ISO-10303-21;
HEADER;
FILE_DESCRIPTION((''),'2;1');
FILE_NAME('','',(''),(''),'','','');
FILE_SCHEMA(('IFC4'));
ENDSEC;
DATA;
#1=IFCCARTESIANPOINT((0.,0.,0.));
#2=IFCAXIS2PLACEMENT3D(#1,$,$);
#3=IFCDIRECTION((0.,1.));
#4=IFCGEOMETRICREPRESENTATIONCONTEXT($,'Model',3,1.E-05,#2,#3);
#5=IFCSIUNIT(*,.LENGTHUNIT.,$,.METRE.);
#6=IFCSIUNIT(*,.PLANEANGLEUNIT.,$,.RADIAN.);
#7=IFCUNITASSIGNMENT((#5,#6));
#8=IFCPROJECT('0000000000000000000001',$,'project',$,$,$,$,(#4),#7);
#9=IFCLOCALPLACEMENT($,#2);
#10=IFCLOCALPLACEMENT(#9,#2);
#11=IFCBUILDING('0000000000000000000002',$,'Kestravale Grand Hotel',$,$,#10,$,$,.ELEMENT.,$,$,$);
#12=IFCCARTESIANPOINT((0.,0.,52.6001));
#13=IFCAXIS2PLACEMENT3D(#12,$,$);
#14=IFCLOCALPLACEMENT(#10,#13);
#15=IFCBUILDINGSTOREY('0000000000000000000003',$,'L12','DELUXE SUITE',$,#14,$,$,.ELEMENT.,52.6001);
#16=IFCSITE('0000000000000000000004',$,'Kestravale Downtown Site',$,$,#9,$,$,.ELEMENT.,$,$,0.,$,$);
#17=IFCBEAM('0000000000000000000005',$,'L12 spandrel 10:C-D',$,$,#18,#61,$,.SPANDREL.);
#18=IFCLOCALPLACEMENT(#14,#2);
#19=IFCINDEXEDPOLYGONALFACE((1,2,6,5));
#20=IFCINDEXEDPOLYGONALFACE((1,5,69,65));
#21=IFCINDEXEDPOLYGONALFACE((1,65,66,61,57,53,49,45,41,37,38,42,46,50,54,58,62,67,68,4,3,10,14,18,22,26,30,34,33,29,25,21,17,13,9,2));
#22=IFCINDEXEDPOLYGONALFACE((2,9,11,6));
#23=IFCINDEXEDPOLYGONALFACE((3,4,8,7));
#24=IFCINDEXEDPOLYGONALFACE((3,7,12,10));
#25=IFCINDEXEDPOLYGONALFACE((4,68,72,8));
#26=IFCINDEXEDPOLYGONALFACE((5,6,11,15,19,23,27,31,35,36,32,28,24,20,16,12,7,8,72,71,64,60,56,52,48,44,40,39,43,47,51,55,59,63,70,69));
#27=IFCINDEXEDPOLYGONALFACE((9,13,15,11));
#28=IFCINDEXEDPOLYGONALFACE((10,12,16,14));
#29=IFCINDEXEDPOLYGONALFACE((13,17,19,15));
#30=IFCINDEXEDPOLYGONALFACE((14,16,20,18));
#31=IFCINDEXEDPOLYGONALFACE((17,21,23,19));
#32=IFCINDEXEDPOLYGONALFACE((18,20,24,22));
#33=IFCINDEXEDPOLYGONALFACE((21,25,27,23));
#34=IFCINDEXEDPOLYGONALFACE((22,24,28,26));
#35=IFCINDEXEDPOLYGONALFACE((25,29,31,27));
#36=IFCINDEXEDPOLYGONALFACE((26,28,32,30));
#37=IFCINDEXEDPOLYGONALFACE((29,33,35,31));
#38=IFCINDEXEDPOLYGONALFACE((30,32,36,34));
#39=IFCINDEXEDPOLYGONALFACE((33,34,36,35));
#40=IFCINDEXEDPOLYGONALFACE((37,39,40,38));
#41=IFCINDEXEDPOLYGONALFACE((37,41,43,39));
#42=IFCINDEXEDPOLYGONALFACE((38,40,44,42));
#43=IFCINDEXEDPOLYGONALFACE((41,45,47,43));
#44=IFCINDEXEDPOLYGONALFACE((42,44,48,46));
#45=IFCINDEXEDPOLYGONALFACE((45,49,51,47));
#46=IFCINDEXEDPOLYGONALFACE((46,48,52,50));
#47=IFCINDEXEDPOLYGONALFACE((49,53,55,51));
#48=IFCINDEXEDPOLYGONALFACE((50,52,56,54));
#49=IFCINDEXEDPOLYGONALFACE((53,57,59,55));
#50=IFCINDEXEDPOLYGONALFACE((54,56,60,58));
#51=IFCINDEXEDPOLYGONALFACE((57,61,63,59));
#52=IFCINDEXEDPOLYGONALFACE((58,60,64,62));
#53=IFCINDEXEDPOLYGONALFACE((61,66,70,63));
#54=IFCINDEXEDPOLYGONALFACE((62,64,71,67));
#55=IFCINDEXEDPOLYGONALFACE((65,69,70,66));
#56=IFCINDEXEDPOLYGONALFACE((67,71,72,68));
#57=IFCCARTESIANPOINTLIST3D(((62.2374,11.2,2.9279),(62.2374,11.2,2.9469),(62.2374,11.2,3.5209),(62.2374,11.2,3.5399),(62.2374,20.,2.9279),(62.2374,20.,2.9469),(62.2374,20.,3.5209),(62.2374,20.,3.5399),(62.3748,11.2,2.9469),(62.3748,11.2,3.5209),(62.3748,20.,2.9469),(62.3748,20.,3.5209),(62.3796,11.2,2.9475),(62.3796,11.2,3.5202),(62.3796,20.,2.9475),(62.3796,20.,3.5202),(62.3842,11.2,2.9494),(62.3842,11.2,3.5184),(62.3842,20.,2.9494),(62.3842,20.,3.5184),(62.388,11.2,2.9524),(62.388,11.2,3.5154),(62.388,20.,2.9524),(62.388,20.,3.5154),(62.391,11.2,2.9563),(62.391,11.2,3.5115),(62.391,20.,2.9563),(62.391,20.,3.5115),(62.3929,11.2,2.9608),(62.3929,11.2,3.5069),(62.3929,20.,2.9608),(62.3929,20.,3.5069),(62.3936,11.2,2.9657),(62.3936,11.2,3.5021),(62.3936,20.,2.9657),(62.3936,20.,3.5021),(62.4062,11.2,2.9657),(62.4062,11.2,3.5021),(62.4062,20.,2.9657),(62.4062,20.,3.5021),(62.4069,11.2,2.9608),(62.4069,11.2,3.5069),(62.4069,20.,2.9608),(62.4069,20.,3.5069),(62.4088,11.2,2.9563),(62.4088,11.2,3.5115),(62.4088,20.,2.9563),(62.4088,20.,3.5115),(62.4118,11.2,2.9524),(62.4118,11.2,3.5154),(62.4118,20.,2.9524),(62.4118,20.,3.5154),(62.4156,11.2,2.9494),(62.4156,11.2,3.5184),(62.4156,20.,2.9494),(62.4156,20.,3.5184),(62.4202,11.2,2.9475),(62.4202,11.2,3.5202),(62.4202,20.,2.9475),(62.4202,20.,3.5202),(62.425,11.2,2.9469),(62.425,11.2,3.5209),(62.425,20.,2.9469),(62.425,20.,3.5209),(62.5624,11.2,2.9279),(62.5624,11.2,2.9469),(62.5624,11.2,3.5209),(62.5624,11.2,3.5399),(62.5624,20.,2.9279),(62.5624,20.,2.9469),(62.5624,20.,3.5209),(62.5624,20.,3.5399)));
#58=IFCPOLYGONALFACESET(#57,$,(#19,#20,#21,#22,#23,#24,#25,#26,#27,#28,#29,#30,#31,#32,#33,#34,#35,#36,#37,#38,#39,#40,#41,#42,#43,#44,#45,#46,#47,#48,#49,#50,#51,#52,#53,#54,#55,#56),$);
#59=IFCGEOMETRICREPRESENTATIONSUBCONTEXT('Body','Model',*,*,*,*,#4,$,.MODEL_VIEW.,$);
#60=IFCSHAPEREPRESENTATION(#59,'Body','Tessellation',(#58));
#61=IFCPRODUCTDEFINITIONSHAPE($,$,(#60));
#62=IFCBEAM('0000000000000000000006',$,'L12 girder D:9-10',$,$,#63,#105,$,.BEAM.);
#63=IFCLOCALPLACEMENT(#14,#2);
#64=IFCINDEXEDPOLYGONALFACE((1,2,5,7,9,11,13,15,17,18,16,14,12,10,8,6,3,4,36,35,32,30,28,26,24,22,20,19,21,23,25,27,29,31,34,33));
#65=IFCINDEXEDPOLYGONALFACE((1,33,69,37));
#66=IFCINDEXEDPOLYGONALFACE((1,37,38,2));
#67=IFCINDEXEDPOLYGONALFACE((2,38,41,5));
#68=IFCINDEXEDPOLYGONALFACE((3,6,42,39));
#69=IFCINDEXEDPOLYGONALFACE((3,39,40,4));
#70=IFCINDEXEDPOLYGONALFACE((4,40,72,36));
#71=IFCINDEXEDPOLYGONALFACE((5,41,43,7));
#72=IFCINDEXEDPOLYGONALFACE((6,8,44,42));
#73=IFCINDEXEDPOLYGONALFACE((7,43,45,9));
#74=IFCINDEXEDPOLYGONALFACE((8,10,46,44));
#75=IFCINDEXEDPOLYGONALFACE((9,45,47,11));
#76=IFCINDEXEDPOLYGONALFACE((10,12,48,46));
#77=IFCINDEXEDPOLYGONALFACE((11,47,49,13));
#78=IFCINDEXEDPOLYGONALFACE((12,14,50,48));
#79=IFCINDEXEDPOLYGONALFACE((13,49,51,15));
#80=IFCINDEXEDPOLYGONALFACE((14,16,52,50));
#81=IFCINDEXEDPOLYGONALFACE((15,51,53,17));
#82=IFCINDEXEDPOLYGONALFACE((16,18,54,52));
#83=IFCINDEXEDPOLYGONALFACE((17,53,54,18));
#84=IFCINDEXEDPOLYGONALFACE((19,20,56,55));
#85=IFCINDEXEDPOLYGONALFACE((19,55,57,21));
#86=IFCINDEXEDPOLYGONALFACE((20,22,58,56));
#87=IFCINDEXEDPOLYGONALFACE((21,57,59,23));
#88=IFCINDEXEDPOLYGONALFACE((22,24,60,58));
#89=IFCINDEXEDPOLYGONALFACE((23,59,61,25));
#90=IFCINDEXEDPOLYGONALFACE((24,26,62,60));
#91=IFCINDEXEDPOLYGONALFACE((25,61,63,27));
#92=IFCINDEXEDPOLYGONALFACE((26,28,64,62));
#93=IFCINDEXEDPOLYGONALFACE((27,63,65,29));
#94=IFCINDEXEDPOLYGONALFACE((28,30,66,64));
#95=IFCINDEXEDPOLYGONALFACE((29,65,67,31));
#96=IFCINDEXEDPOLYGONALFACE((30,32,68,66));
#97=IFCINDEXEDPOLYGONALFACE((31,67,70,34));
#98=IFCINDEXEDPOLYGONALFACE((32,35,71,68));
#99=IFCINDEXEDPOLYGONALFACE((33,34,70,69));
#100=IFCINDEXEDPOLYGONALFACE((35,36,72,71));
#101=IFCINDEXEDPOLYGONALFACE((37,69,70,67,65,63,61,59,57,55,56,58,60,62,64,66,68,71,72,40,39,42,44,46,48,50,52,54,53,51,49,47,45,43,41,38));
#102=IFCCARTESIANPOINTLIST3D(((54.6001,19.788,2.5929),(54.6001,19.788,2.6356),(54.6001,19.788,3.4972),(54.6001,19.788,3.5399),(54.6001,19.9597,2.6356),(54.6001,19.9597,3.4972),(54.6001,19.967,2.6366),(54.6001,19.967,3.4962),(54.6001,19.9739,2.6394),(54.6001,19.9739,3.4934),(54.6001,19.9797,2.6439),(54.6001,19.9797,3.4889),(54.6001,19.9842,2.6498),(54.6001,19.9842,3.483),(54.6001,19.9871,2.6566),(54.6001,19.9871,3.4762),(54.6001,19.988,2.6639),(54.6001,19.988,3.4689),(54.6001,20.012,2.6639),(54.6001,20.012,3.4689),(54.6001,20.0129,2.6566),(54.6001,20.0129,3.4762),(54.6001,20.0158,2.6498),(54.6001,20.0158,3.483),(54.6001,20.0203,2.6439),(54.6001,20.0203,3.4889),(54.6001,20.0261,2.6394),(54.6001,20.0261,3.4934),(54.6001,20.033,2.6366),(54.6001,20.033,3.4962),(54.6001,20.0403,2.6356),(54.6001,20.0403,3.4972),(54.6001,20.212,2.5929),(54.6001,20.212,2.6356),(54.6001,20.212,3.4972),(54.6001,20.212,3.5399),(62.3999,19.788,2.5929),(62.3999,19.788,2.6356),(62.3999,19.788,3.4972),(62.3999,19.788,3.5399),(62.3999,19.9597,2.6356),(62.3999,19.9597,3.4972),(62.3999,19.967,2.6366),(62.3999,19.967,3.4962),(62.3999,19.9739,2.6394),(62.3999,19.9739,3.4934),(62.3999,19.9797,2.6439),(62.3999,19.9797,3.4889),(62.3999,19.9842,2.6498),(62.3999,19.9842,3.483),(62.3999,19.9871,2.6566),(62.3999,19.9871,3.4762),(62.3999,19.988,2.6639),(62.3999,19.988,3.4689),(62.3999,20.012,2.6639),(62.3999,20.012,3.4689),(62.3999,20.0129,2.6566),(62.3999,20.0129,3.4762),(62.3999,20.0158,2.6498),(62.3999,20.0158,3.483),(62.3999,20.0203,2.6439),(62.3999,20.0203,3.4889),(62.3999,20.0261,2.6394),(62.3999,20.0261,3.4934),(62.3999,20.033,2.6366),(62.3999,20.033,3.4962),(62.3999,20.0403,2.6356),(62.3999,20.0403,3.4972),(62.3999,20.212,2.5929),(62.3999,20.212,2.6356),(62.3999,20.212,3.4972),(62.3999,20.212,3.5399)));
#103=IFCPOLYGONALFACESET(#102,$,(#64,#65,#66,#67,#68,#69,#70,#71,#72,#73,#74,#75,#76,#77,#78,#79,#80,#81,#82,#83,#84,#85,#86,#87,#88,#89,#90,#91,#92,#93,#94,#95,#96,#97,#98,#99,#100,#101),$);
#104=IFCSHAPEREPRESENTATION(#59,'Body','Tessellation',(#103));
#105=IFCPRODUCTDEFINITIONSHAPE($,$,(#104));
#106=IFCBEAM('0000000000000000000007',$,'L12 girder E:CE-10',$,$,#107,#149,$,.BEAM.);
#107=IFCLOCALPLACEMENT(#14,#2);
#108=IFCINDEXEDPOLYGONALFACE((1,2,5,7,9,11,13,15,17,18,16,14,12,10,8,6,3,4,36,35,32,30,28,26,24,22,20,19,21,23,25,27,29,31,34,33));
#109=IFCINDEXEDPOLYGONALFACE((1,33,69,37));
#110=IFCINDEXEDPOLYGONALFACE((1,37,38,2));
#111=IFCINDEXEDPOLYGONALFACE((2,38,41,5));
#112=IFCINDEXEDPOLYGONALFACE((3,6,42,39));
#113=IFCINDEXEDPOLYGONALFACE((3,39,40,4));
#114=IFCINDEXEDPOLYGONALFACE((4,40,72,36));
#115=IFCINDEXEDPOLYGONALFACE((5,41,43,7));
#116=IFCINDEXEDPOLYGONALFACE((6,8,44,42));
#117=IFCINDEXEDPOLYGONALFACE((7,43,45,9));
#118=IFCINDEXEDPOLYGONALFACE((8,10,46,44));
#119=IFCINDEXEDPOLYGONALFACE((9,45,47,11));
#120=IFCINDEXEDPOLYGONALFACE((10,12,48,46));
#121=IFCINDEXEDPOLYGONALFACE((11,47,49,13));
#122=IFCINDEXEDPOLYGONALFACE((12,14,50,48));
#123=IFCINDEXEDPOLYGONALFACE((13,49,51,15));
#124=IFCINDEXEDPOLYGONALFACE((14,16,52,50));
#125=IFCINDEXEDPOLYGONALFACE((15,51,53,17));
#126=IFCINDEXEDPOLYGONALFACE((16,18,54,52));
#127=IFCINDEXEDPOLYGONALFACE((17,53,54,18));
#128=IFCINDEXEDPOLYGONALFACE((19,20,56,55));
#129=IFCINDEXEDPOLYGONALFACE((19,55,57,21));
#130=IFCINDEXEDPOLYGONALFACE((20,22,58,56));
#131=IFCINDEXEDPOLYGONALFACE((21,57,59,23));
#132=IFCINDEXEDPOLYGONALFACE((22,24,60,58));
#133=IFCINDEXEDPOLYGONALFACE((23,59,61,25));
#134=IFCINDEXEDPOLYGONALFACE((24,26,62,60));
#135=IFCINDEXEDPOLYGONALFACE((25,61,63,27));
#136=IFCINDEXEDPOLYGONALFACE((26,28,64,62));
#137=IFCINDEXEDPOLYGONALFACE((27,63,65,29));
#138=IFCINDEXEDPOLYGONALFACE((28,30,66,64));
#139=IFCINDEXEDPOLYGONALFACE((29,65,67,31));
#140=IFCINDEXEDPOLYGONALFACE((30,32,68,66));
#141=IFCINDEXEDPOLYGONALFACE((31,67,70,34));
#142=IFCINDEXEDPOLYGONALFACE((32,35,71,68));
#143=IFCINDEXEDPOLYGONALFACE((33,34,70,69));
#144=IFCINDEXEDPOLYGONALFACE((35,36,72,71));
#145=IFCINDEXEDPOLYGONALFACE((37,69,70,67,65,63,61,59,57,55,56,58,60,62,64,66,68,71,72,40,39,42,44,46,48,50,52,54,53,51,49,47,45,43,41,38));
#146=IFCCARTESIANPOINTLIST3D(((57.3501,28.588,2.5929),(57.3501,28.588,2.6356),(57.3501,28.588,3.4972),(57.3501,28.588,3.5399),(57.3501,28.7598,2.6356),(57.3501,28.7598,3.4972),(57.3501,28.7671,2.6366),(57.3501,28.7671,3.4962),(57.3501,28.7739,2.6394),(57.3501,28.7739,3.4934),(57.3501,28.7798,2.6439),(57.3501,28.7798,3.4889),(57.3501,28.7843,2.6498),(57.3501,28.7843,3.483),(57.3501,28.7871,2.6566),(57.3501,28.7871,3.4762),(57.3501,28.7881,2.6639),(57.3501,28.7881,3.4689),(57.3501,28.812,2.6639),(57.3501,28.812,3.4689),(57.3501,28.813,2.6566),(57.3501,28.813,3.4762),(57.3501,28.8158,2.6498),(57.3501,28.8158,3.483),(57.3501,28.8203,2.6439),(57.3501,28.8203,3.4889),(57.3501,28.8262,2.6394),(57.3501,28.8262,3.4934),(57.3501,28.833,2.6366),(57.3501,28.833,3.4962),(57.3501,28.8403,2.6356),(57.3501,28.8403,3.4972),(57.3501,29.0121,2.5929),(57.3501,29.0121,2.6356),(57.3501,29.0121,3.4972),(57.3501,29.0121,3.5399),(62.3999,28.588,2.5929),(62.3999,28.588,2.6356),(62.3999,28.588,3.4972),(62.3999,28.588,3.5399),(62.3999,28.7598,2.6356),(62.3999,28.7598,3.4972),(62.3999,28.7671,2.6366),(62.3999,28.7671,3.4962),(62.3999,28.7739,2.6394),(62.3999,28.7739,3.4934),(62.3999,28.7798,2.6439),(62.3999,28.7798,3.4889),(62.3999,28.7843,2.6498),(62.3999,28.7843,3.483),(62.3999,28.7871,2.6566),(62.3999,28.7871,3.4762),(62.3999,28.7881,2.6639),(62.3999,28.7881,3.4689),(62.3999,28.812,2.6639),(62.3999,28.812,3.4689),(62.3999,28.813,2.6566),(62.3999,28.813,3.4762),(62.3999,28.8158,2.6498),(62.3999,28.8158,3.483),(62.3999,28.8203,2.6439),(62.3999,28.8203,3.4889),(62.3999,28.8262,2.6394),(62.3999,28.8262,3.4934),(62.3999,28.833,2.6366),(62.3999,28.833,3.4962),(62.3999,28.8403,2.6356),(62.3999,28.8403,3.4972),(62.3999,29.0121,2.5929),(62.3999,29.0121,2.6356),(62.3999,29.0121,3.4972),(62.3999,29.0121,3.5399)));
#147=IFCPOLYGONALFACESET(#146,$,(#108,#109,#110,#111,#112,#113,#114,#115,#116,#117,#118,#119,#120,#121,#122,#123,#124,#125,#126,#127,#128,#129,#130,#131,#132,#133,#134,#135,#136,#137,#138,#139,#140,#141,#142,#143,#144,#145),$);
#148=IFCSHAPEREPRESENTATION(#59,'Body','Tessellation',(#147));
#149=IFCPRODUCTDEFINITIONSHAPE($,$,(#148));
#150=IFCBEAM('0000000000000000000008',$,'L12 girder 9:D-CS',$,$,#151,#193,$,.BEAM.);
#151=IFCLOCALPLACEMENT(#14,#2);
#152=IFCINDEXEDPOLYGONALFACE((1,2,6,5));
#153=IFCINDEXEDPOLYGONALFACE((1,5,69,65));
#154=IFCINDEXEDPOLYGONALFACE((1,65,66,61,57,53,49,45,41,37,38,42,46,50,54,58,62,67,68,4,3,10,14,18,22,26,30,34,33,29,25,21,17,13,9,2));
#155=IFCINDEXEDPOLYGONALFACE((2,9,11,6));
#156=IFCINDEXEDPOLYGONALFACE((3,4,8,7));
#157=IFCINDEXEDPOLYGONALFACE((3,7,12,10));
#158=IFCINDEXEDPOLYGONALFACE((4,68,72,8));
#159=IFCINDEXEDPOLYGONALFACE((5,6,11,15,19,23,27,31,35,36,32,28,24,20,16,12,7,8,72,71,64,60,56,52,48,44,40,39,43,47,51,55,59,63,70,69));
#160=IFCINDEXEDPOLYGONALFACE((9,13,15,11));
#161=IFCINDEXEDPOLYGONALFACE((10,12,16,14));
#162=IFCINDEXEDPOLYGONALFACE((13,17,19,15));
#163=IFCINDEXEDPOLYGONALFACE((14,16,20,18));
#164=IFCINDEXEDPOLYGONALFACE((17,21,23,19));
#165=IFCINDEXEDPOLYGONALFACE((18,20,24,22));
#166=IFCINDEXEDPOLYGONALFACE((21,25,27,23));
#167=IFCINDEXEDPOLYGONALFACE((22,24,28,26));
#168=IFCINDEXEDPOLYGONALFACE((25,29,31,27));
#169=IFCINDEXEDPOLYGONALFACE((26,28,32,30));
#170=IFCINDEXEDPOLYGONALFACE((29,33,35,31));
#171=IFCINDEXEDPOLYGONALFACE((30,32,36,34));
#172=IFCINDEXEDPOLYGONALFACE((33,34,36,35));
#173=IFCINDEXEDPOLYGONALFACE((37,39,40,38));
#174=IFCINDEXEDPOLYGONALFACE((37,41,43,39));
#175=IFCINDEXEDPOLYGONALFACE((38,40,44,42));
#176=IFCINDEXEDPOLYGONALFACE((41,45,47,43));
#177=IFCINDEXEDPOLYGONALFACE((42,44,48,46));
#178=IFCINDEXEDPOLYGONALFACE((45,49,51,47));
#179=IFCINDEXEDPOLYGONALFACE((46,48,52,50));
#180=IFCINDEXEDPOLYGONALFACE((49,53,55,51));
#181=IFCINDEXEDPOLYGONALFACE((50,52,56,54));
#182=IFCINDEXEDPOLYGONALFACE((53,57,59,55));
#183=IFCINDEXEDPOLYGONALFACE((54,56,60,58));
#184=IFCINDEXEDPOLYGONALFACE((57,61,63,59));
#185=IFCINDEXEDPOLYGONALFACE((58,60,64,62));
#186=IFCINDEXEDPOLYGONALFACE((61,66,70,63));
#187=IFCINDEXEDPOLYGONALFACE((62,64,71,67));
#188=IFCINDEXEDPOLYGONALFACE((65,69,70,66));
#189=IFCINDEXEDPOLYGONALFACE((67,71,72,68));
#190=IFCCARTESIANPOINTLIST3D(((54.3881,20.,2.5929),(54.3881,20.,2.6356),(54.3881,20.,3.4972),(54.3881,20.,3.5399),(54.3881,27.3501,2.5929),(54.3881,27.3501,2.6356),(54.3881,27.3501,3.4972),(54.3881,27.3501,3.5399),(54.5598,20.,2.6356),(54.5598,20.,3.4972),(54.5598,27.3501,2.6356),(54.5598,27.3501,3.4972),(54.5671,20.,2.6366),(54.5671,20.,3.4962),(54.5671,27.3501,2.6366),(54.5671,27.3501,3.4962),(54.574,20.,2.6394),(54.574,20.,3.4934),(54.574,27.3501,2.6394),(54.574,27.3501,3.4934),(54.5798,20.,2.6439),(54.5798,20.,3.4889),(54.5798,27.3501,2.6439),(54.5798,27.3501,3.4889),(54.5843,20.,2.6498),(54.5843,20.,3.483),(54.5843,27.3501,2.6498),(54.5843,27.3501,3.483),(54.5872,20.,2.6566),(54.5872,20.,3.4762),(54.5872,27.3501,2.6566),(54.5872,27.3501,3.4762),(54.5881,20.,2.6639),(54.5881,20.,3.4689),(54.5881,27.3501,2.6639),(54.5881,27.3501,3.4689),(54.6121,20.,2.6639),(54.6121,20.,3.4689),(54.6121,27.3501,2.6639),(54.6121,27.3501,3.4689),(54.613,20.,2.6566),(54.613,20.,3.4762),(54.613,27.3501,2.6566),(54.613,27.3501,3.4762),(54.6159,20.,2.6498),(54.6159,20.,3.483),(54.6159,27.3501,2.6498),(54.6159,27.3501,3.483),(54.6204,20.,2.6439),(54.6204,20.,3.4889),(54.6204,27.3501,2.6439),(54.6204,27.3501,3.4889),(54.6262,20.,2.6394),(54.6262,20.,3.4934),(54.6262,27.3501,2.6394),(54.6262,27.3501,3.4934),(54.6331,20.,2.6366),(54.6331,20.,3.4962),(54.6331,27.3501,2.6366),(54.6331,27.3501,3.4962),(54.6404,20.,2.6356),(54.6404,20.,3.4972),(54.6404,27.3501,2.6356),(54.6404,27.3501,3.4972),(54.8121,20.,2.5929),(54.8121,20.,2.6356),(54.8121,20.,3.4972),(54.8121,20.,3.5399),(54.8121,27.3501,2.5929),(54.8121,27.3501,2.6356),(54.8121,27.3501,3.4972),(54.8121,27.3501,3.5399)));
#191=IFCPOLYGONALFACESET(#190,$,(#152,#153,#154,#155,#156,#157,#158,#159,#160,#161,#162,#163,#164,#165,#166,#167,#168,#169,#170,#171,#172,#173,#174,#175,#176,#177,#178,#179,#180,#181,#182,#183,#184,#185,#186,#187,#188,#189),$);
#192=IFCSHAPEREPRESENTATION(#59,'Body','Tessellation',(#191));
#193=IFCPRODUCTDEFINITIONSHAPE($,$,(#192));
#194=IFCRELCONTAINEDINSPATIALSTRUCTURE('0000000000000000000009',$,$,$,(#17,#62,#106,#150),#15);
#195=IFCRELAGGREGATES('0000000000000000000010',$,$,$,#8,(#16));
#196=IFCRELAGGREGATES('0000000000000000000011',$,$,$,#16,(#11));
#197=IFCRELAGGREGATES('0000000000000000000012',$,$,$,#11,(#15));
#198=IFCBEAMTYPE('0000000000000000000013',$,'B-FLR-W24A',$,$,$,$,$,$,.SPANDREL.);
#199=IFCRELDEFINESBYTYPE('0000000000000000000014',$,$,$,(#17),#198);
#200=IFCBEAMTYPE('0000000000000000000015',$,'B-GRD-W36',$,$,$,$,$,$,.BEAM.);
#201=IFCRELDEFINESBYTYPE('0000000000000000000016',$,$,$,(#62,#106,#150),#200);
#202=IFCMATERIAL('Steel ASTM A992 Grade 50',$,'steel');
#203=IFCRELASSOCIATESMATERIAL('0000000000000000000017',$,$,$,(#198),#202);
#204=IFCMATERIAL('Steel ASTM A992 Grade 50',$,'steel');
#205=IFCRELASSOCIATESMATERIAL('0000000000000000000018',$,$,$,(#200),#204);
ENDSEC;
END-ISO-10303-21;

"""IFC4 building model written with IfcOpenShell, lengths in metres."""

from ifc_helpers import new_model, si_unit, direction, frame, origin, origin_2d, place, context, subcontext, project, spatial, i_section, extrude, material, material_profile, profile_set, type_object, element, save


model = new_model("IFC4")

# Units and contexts
model_context = context("Model", 3, precision=1e-05, world=origin(), true_north=direction((0.0, 1.0)))
body_context = subcontext(model_context, "Body", "Model", "MODEL_VIEW")
ifc_project = project(units=[si_unit("LENGTHUNIT", "METRE"), si_unit("PLANEANGLEUNIT", "RADIAN")], contexts=[model_context])

# Site, building, storey
site_placement = place(None, origin())
site = spatial("IfcSite", under=ifc_project, at=site_placement, Name="Kestravale Downtown Site", CompositionType="ELEMENT", RefElevation=0.0)
building_placement = place(site_placement, origin())
building = spatial("IfcBuilding", under=site, at=building_placement, Name="Kestravale Grand Hotel", CompositionType="ELEMENT")
storey_placement = place(building_placement, frame((0.0, 0.0, 52.6001)))
storey = spatial("IfcBuildingStorey", under=building, at=storey_placement, Name="L12", Description="DELUXE SUITE", CompositionType="ELEMENT", Elevation=52.6001)

# Beams
ifc_material_1 = material(Name="Steel ASTM A992 Grade 50", Category="steel")
ifc_material_profile_1 = material_profile(ifc_material_1, i_section(OverallWidth=0.325, OverallDepth=0.6121, WebThickness=0.0127, FlangeThickness=0.019, FilletRadius=0.0188, at=origin_2d()))
ifc_profile_set_1 = profile_set([ifc_material_profile_1], Name="Steel ASTM A992 Grade 50")
beam_type_1 = type_object("IfcBeamType", Name="B-FLR-W24A", PredefinedType="SPANDREL", material=ifc_profile_set_1)
beam_1_placement = place(storey_placement, frame((62.3999, 11.2, 3.2339), z_axis=(0.0, 1.0, 0.0), x_axis=(-1.0, 0.0, 0.0)))
element("IfcBeam", 1, at=beam_1_placement, inside=storey, type_object=beam_type_1, Name="L12 spandrel 10:C-D", PredefinedType="SPANDREL", context=body_context, shape_type="SweptSolid", body=[
    extrude(i_section(OverallWidth=0.325, OverallDepth=0.6121, WebThickness=0.0127, FlangeThickness=0.019, FilletRadius=0.0188, at=origin_2d()), origin(), (0.0, 0.0, 1.0), 8.8),
])
ifc_material_2 = material(Name="Steel ASTM A992 Grade 50", Category="steel")
ifc_material_profile_2 = material_profile(ifc_material_2, i_section(OverallWidth=0.4241, OverallDepth=0.947, WebThickness=0.0239, FlangeThickness=0.0427, FilletRadius=0.0283, at=origin_2d()))
ifc_profile_set_2 = profile_set([ifc_material_profile_2], Name="Steel ASTM A992 Grade 50")
beam_type_2 = type_object("IfcBeamType", Name="B-GRD-W36", PredefinedType="BEAM", material=ifc_profile_set_2)
beam_2_placement = place(storey_placement, frame((54.6001, 20.0, 3.0664), z_axis=(1.0, 0.0, 0.0), x_axis=(0.0, 1.0, 0.0)))
element("IfcBeam", 2, at=beam_2_placement, inside=storey, type_object=beam_type_2, Name="L12 girder D:9-10", PredefinedType="BEAM", context=body_context, shape_type="SweptSolid", body=[
    extrude(i_section(OverallWidth=0.4241, OverallDepth=0.947, WebThickness=0.0239, FlangeThickness=0.0427, FilletRadius=0.0283, at=origin_2d()), origin(), (0.0, 0.0, 1.0), 7.7998),
])
beam_3_placement = place(storey_placement, frame((57.3501, 28.8, 3.0664), z_axis=(1.0, 0.0, 0.0), x_axis=(0.0, 1.0, 0.0)))
element("IfcBeam", 3, at=beam_3_placement, inside=storey, type_object=beam_type_2, Name="L12 girder E:CE-10", PredefinedType="BEAM", context=body_context, shape_type="SweptSolid", body=[
    extrude(i_section(OverallWidth=0.4241, OverallDepth=0.947, WebThickness=0.0239, FlangeThickness=0.0427, FilletRadius=0.0283, at=origin_2d()), origin(), (0.0, 0.0, 1.0), 5.0498),
])
beam_4_placement = place(storey_placement, frame((54.6001, 20.0, 3.0664), z_axis=(0.0, 1.0, 0.0), x_axis=(-1.0, 0.0, 0.0)))
element("IfcBeam", 4, at=beam_4_placement, inside=storey, type_object=beam_type_2, Name="L12 girder 9:D-CS", PredefinedType="BEAM", context=body_context, shape_type="SweptSolid", body=[
    extrude(i_section(OverallWidth=0.4241, OverallDepth=0.947, WebThickness=0.0239, FlangeThickness=0.0427, FilletRadius=0.0283, at=origin_2d()), origin(), (0.0, 0.0, 1.0), 7.3501),
])

save(model, "model.ifc")
